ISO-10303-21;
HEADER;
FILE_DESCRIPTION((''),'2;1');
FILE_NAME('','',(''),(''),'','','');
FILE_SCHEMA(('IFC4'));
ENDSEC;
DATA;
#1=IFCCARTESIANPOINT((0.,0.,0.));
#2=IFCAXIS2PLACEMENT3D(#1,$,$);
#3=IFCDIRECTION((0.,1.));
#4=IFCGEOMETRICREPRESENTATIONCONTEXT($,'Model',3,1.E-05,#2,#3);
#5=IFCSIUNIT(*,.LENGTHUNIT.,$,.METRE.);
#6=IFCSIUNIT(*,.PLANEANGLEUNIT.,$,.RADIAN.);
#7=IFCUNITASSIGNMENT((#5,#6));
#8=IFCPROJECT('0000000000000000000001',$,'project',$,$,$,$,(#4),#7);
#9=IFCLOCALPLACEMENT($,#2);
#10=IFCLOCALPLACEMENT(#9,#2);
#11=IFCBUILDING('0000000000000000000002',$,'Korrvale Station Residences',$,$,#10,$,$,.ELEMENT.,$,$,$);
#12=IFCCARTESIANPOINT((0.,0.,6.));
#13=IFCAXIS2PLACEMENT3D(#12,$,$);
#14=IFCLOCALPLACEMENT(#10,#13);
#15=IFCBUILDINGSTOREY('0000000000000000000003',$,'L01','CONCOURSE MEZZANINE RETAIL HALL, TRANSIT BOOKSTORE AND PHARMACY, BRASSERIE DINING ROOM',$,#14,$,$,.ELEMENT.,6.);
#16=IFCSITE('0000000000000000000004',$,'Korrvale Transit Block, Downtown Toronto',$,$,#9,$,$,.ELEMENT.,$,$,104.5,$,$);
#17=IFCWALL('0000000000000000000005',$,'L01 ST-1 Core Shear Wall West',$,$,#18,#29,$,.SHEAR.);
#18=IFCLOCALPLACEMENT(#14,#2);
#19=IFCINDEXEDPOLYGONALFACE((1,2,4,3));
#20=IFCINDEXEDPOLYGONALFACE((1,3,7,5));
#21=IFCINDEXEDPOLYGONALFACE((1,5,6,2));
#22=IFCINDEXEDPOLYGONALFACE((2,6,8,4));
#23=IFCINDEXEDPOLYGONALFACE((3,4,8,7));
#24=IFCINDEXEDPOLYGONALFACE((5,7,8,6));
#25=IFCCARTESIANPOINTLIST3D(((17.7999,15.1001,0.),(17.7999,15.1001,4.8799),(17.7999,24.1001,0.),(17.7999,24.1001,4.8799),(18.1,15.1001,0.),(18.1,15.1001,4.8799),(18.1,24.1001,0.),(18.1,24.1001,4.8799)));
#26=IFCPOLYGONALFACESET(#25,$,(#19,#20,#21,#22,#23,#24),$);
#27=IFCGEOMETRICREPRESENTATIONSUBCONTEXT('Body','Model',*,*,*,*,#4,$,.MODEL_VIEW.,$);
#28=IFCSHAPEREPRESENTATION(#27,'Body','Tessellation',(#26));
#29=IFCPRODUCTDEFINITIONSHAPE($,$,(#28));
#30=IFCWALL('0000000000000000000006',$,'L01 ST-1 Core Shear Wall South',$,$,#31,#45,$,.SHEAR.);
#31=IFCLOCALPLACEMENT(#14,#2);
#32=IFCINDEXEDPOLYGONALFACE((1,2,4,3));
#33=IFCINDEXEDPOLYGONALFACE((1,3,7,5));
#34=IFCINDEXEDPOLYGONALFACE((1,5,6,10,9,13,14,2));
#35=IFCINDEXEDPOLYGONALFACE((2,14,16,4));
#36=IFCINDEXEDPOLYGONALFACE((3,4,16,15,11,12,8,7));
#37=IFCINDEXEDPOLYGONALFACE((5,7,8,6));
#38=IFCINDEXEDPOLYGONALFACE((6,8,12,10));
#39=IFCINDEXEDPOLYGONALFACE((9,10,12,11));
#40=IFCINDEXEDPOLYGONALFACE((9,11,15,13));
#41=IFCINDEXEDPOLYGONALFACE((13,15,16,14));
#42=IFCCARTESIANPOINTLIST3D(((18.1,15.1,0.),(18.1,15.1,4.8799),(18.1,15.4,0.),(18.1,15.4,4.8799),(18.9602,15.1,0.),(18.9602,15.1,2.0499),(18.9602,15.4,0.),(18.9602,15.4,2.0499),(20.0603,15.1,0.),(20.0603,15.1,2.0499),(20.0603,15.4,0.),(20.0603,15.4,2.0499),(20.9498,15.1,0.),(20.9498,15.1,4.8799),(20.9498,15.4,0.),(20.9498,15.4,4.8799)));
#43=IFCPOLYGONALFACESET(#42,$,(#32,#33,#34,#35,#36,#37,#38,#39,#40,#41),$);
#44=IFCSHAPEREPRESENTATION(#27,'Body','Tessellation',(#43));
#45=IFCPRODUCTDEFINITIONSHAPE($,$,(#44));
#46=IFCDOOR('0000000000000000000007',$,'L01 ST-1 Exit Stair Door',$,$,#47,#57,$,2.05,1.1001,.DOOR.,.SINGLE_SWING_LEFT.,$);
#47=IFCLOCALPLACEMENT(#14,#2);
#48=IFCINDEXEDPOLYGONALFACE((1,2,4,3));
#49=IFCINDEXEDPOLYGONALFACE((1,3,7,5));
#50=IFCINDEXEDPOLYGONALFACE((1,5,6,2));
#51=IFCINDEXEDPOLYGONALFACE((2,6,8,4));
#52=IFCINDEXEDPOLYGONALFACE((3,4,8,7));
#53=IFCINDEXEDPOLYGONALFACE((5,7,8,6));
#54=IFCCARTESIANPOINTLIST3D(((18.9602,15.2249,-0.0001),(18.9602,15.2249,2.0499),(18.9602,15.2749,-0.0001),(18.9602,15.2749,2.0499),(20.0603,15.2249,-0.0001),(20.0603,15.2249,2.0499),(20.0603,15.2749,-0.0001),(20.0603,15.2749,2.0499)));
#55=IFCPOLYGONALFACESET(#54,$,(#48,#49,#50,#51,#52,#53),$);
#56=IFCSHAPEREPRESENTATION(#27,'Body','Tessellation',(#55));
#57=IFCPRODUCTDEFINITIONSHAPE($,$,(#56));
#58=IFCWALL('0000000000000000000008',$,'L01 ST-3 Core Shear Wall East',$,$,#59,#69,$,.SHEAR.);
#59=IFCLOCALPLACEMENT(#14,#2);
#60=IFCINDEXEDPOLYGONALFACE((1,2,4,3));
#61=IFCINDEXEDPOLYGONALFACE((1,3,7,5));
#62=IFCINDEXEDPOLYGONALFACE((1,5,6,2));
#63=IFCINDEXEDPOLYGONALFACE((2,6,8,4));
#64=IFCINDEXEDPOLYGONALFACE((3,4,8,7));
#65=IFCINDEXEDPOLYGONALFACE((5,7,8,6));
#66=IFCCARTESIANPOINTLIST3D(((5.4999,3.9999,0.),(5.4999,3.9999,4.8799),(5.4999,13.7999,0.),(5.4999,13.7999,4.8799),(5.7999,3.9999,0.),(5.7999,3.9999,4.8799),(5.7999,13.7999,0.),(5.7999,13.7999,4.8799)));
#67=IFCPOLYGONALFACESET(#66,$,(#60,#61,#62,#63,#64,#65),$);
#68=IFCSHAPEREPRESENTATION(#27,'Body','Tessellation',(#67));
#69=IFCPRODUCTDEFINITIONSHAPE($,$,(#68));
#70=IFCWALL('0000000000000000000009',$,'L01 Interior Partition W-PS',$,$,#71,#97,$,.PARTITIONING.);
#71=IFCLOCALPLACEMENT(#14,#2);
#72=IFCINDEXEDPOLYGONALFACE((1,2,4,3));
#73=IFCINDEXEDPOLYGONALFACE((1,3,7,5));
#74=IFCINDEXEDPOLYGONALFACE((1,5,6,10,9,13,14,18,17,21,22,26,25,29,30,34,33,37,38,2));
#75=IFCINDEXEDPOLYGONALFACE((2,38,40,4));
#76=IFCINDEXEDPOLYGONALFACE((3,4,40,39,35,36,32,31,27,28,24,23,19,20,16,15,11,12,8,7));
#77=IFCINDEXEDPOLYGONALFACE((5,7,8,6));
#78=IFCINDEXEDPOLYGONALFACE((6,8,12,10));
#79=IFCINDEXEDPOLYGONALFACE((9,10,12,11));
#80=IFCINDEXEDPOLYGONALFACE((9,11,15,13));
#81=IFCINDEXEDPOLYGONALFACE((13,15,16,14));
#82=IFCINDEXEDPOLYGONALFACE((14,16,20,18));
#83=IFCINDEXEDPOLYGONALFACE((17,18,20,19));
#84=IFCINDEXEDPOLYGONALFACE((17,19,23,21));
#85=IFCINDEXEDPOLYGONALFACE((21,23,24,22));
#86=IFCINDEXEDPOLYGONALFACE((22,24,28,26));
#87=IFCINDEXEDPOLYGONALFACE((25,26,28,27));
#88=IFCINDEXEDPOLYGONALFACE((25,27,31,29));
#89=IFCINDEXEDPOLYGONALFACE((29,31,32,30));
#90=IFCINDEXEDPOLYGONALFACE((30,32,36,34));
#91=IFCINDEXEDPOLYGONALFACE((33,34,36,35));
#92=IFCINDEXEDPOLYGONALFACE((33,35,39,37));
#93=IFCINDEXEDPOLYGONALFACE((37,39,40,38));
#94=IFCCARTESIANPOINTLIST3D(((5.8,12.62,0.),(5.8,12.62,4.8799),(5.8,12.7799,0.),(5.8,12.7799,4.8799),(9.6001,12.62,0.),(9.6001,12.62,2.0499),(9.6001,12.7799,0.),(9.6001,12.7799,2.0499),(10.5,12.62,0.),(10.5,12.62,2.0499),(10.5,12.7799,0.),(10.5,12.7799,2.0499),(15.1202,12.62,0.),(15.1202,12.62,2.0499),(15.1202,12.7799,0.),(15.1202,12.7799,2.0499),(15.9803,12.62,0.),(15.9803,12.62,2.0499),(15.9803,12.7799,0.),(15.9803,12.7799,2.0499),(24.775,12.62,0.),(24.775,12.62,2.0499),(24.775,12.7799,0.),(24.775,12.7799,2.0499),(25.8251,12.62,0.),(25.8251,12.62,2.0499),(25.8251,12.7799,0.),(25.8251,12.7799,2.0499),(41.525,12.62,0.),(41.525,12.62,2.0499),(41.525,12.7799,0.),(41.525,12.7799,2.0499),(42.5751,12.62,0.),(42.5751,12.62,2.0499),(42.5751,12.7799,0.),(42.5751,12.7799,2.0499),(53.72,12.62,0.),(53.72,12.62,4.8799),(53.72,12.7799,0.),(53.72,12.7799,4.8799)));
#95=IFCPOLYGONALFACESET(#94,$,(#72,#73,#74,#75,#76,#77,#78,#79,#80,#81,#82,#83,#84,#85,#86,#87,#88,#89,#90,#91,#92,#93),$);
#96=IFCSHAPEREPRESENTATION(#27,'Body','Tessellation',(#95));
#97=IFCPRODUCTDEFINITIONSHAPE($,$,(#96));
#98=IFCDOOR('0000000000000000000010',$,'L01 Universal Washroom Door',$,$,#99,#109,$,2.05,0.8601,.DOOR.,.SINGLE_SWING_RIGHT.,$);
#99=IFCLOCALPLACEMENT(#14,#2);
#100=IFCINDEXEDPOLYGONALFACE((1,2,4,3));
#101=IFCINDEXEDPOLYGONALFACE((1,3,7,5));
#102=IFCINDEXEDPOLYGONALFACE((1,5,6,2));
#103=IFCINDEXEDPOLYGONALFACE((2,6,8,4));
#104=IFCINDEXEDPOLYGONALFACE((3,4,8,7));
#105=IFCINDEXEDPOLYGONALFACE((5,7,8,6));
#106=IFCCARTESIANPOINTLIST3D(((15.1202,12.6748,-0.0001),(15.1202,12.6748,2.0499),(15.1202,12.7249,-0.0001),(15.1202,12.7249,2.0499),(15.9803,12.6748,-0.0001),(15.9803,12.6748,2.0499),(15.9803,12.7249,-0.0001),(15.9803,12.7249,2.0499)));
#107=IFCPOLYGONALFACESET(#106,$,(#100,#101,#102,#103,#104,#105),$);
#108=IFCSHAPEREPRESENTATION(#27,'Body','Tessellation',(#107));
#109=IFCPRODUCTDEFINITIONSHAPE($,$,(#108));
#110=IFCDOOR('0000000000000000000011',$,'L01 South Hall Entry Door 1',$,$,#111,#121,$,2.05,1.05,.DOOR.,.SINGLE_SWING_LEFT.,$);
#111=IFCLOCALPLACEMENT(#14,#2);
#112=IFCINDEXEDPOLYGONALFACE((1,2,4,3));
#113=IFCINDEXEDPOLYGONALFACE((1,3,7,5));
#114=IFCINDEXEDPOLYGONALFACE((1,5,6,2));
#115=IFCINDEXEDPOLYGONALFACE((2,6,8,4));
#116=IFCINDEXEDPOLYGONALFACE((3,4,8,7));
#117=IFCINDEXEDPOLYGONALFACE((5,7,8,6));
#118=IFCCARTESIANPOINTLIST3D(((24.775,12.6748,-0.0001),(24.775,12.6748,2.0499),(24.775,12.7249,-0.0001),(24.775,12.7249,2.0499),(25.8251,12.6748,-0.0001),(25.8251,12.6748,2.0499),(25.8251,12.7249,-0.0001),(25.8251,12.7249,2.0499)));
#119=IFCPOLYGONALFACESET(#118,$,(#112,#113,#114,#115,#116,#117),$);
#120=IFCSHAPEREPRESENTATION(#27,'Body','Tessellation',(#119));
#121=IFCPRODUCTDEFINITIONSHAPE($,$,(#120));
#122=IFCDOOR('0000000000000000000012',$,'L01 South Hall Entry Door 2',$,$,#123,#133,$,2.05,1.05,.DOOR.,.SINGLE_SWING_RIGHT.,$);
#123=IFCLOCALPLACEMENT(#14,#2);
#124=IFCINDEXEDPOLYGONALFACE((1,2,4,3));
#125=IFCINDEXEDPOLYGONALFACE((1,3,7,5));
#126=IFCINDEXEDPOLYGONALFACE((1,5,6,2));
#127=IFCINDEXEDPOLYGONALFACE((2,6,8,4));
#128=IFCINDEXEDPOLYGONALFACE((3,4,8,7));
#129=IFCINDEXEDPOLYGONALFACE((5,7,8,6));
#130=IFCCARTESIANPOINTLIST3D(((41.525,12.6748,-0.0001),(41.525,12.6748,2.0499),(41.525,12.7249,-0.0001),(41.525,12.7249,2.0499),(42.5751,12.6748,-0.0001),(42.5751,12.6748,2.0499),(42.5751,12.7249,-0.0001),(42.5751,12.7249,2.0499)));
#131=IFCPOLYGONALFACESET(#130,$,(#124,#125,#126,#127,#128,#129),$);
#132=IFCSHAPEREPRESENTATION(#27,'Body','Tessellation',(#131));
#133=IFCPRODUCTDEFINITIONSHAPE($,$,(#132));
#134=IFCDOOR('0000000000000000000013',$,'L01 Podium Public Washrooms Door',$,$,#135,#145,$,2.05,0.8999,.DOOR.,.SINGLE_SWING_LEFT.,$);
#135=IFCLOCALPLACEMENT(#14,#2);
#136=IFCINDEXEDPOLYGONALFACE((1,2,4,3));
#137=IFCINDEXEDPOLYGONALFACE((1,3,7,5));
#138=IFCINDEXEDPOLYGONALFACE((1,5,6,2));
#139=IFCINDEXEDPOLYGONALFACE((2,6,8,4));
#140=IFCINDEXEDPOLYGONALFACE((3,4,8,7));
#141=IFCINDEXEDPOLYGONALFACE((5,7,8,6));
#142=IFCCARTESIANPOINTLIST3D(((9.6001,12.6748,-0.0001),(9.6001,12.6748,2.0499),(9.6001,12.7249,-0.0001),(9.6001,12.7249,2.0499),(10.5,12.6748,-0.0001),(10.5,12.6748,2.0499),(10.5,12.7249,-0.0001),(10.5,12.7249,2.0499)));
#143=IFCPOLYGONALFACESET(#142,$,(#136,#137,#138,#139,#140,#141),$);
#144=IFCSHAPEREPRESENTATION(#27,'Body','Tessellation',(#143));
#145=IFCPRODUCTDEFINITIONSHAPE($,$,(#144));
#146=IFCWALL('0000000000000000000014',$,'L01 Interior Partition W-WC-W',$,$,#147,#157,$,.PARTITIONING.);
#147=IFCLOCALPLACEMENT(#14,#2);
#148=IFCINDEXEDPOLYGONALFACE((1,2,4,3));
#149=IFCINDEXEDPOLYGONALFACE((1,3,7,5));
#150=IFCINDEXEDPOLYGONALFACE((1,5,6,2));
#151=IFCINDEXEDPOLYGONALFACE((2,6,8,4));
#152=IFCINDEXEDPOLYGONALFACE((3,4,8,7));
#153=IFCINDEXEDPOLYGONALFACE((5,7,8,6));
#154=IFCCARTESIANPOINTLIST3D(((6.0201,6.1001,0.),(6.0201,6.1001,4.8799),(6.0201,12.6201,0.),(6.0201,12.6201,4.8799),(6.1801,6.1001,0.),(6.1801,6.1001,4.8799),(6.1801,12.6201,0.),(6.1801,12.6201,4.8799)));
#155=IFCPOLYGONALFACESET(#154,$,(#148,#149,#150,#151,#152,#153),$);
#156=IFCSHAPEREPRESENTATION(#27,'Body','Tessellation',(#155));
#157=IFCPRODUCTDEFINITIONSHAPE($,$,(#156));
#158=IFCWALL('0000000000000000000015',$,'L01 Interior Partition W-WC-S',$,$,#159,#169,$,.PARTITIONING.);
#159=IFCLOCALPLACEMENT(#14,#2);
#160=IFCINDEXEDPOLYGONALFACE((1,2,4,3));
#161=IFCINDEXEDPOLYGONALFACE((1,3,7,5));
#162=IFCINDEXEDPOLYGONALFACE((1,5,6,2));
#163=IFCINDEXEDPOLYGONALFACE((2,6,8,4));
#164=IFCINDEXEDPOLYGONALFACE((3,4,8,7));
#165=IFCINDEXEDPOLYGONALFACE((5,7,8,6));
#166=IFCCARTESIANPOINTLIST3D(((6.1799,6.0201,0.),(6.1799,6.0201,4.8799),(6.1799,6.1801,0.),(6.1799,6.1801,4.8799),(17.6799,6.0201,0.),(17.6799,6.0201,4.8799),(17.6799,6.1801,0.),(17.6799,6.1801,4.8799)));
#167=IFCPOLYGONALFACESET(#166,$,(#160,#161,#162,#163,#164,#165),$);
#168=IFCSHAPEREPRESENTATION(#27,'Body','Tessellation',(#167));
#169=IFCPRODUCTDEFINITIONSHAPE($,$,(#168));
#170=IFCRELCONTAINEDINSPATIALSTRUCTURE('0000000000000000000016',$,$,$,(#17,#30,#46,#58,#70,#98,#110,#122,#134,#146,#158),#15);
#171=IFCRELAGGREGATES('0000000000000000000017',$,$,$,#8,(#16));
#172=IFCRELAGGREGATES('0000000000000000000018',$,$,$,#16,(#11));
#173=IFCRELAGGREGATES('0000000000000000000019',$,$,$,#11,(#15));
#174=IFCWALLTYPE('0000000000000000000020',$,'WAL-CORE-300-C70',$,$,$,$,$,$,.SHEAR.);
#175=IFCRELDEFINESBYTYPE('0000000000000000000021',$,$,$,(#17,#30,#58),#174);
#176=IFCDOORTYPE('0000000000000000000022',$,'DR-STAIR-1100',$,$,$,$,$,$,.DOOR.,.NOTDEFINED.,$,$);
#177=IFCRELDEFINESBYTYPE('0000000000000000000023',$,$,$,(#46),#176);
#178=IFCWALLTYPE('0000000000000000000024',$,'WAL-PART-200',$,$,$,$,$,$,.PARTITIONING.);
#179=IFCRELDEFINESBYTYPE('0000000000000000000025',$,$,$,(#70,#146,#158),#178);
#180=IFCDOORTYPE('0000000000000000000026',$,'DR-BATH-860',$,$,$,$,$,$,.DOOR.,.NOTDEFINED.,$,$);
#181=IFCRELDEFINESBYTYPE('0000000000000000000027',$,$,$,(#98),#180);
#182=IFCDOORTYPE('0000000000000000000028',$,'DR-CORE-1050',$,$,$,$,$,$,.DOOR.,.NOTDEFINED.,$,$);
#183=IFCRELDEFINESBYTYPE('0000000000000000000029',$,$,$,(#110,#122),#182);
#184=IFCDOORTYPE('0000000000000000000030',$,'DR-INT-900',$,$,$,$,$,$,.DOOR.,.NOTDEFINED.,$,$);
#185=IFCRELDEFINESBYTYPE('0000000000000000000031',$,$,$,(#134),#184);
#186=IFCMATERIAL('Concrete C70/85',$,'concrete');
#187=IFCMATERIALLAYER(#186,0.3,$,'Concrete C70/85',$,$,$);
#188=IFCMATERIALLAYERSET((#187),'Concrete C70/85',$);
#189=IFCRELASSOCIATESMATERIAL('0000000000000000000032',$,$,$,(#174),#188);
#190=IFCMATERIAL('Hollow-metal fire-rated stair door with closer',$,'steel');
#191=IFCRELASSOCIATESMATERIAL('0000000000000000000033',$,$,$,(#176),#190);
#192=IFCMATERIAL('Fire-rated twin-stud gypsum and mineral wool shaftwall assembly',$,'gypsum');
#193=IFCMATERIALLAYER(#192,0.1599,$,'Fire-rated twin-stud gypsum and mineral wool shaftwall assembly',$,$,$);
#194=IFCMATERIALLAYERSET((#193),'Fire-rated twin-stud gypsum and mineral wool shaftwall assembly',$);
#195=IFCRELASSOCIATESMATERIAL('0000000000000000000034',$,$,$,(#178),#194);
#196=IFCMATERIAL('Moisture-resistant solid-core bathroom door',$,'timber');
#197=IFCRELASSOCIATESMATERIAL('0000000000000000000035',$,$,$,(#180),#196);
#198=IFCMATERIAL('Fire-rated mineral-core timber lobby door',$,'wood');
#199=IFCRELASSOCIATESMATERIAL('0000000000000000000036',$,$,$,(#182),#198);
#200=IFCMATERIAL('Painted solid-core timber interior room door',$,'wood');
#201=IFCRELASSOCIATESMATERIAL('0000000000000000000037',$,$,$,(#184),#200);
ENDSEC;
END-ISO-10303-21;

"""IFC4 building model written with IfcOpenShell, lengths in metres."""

from ifc_helpers import new_model, si_unit, direction, frame, frame_2d, origin, place, context, subcontext, project, spatial, rectangle, extrude, material, layer, layer_set, type_object, element, fill, save


model = new_model("IFC4")

# Units and contexts
model_context = context("Model", 3, precision=1e-05, world=origin(), true_north=direction((0.0, 1.0)))
body_context = subcontext(model_context, "Body", "Model", "MODEL_VIEW")
ifc_project = project(units=[si_unit("LENGTHUNIT", "METRE"), si_unit("PLANEANGLEUNIT", "RADIAN")], contexts=[model_context])

# Site, building, storey
site_placement = place(None, origin())
site = spatial("IfcSite", under=ifc_project, at=site_placement, Name="Korrvale Transit Block, Downtown Toronto", CompositionType="ELEMENT", RefElevation=104.5)
building_placement = place(site_placement, origin())
building = spatial("IfcBuilding", under=site, at=building_placement, Name="Korrvale Station Residences", CompositionType="ELEMENT")
storey_placement = place(building_placement, frame((0.0, 0.0, 6.0)))
storey = spatial("IfcBuildingStorey", under=building, at=storey_placement, Name="L01", Description="CONCOURSE MEZZANINE RETAIL HALL, TRANSIT BOOKSTORE AND PHARMACY, BRASSERIE DINING ROOM", CompositionType="ELEMENT", Elevation=6.0)

# Shared definitions
ifc_material_1 = material(Name="Concrete C70/85", Category="concrete")

# Wall
ifc_layer_1 = layer(ifc_material_1, 0.3, Name="Concrete C70/85")
ifc_layer_set_1 = layer_set([ifc_layer_1], Name="Concrete C70/85")
wall_type_1 = type_object("IfcWallType", Name="WAL-CORE-300-C70", PredefinedType="SHEAR", material=ifc_layer_set_1)
wall_1_placement = place(storey_placement, frame((17.95, 15.1001, 0.0), z_axis=(0.0, 0.0, 1.0), x_axis=(0.0, 1.0, 0.0)))
element("IfcWall", 1, at=wall_1_placement, inside=storey, type_object=wall_type_1, Name="L01 ST-1 Core Shear Wall West", PredefinedType="SHEAR", context=body_context, shape_type="SweptSolid", body=[
    extrude(rectangle(XDim=9.0, YDim=0.3, at=frame_2d((4.5, 0.0))), origin(), (0.0, 0.0, 1.0), 4.8799),
])

# Wall, opening, door
wall_2_placement = place(storey_placement, frame((18.1001, 15.25, 0.0), z_axis=(0.0, 0.0, 1.0), x_axis=(1.0, 0.0, 0.0)))
wall_2 = element("IfcWall", 2, at=wall_2_placement, inside=storey, type_object=wall_type_1, Name="L01 ST-1 Core Shear Wall South", PredefinedType="SHEAR", context=body_context, shape_type="SweptSolid", body=[
    extrude(rectangle(XDim=2.8499, YDim=0.3, at=frame_2d((1.4248, 0.0))), origin(), (0.0, 0.0, 1.0), 4.8799),
])
opening_1_placement = place(wall_2_placement, frame((0.8601, 0.0, 0.0)))
opening_1 = element("IfcOpeningElement", 3, at=opening_1_placement, cuts=wall_2, PredefinedType="OPENING", context=body_context, shape_type="SweptSolid", body=[
    extrude(rectangle(XDim=1.1001, YDim=2.05, at=frame_2d((0.55, 1.0249))), frame((0.0, 0.1602, 0.0), z_axis=(0.0, -1.0, 0.0), x_axis=(1.0, 0.0, 0.0)), (0.0, 0.0, 1.0), 0.3201),
])
ifc_material_2 = material(Name="Hollow-metal fire-rated stair door with closer", Category="steel")
door_type_1 = type_object("IfcDoorType", Name="DR-STAIR-1100", OperationType="NOTDEFINED", PredefinedType="DOOR", material=ifc_material_2)
door_1_placement = place(opening_1_placement, origin())
door_1 = element("IfcDoor", 4, at=door_1_placement, inside=storey, type_object=door_type_1, Name="L01 ST-1 Exit Stair Door", OperationType="SINGLE_SWING_LEFT", OverallHeight=2.05, OverallWidth=1.1001, PredefinedType="DOOR", context=body_context, shape_type="SweptSolid", body=[
    extrude(rectangle(XDim=1.1001, YDim=2.05, at=frame_2d((0.55, 1.0249))), frame((0.0, 0.0249, 0.0), z_axis=(0.0, -1.0, 0.0), x_axis=(1.0, 0.0, 0.0)), (0.0, 0.0, 1.0), 0.05),
])
fill(opening_1, door_1)

# Wall
wall_3_placement = place(storey_placement, frame((5.6499, 4.0, 0.0), z_axis=(0.0, 0.0, 1.0), x_axis=(0.0, 1.0, 0.0)))
element("IfcWall", 5, at=wall_3_placement, inside=storey, type_object=wall_type_1, Name="L01 ST-3 Core Shear Wall East", PredefinedType="SHEAR", context=body_context, shape_type="SweptSolid", body=[
    extrude(rectangle(XDim=9.8, YDim=0.3, at=frame_2d((4.8999, 0.0))), origin(), (0.0, 0.0, 1.0), 4.8799),
])

# Wall, openings, doors
ifc_material_3 = material(Name="Fire-rated twin-stud gypsum and mineral wool shaftwall assembly", Category="gypsum")
ifc_layer_2 = layer(ifc_material_3, 0.1599, Name="Fire-rated twin-stud gypsum and mineral wool shaftwall assembly")
ifc_layer_set_2 = layer_set([ifc_layer_2], Name="Fire-rated twin-stud gypsum and mineral wool shaftwall assembly")
wall_type_2 = type_object("IfcWallType", Name="WAL-PART-200", PredefinedType="PARTITIONING", material=ifc_layer_set_2)
wall_4_placement = place(storey_placement, frame((5.8, 12.7, 0.0), z_axis=(0.0, 0.0, 1.0), x_axis=(1.0, 0.0, 0.0)))
wall_4 = element("IfcWall", 6, at=wall_4_placement, inside=storey, type_object=wall_type_2, Name="L01 Interior Partition W-PS", PredefinedType="PARTITIONING", context=body_context, shape_type="SweptSolid", body=[
    extrude(rectangle(XDim=47.9199, YDim=0.1599, at=frame_2d((23.96, 0.0))), origin(), (0.0, 0.0, 1.0), 4.8799),
])
opening_2_placement = place(wall_4_placement, frame((3.8, 0.0, 0.0)))
opening_2 = element("IfcOpeningElement", 7, at=opening_2_placement, cuts=wall_4, PredefinedType="OPENING", context=body_context, shape_type="SweptSolid", body=[
    extrude(rectangle(XDim=0.8999, YDim=2.05, at=frame_2d((0.45, 1.0249))), frame((0.0, 0.0898, 0.0), z_axis=(0.0, -1.0, 0.0), x_axis=(1.0, 0.0, 0.0)), (0.0, 0.0, 1.0), 0.1799),
])
opening_3_placement = place(wall_4_placement, frame((9.3201, 0.0, 0.0)))
opening_3 = element("IfcOpeningElement", 8, at=opening_3_placement, cuts=wall_4, PredefinedType="OPENING", context=body_context, shape_type="SweptSolid", body=[
    extrude(rectangle(XDim=0.8601, YDim=2.05, at=frame_2d((0.4302, 1.0249))), frame((0.0, 0.0898, 0.0), z_axis=(0.0, -1.0, 0.0), x_axis=(1.0, 0.0, 0.0)), (0.0, 0.0, 1.0), 0.1799),
])
opening_4_placement = place(wall_4_placement, frame((18.9751, 0.0, 0.0)))
opening_4 = element("IfcOpeningElement", 9, at=opening_4_placement, cuts=wall_4, PredefinedType="OPENING", context=body_context, shape_type="SweptSolid", body=[
    extrude(rectangle(XDim=1.05, YDim=2.05, at=frame_2d((0.5249, 1.0249))), frame((0.0, 0.0898, 0.0), z_axis=(0.0, -1.0, 0.0), x_axis=(1.0, 0.0, 0.0)), (0.0, 0.0, 1.0), 0.1799),
])
opening_5_placement = place(wall_4_placement, frame((35.7251, 0.0, 0.0)))
opening_5 = element("IfcOpeningElement", 10, at=opening_5_placement, cuts=wall_4, PredefinedType="OPENING", context=body_context, shape_type="SweptSolid", body=[
    extrude(rectangle(XDim=1.05, YDim=2.05, at=frame_2d((0.5249, 1.0249))), frame((0.0, 0.0898, 0.0), z_axis=(0.0, -1.0, 0.0), x_axis=(1.0, 0.0, 0.0)), (0.0, 0.0, 1.0), 0.1799),
])
ifc_material_4 = material(Name="Moisture-resistant solid-core bathroom door", Category="timber")
door_type_2 = type_object("IfcDoorType", Name="DR-BATH-860", OperationType="NOTDEFINED", PredefinedType="DOOR", material=ifc_material_4)
door_2_placement = place(opening_3_placement, origin())
door_2 = element("IfcDoor", 11, at=door_2_placement, inside=storey, type_object=door_type_2, Name="L01 Universal Washroom Door", OperationType="SINGLE_SWING_RIGHT", OverallHeight=2.05, OverallWidth=0.8601, PredefinedType="DOOR", context=body_context, shape_type="SweptSolid", body=[
    extrude(rectangle(XDim=0.8601, YDim=2.05, at=frame_2d((0.4302, 1.0249))), frame((0.0, 0.0249, 0.0), z_axis=(0.0, -1.0, 0.0), x_axis=(1.0, 0.0, 0.0)), (0.0, 0.0, 1.0), 0.05),
])
fill(opening_3, door_2)
ifc_material_5 = material(Name="Fire-rated mineral-core timber lobby door", Category="wood")
door_type_3 = type_object("IfcDoorType", Name="DR-CORE-1050", OperationType="NOTDEFINED", PredefinedType="DOOR", material=ifc_material_5)
door_3_placement = place(opening_4_placement, origin())
door_3 = element("IfcDoor", 12, at=door_3_placement, inside=storey, type_object=door_type_3, Name="L01 South Hall Entry Door 1", OperationType="SINGLE_SWING_LEFT", OverallHeight=2.05, OverallWidth=1.05, PredefinedType="DOOR", context=body_context, shape_type="SweptSolid", body=[
    extrude(rectangle(XDim=1.05, YDim=2.05, at=frame_2d((0.5249, 1.0249))), frame((0.0, 0.0249, 0.0), z_axis=(0.0, -1.0, 0.0), x_axis=(1.0, 0.0, 0.0)), (0.0, 0.0, 1.0), 0.05),
])
fill(opening_4, door_3)
door_4_placement = place(opening_5_placement, origin())
door_4 = element("IfcDoor", 13, at=door_4_placement, inside=storey, type_object=door_type_3, Name="L01 South Hall Entry Door 2", OperationType="SINGLE_SWING_RIGHT", OverallHeight=2.05, OverallWidth=1.05, PredefinedType="DOOR", context=body_context, shape_type="SweptSolid", body=[
    extrude(rectangle(XDim=1.05, YDim=2.05, at=frame_2d((0.5249, 1.0249))), frame((0.0, 0.0249, 0.0), z_axis=(0.0, -1.0, 0.0), x_axis=(1.0, 0.0, 0.0)), (0.0, 0.0, 1.0), 0.05),
])
fill(opening_5, door_4)
ifc_material_6 = material(Name="Painted solid-core timber interior room door", Category="wood")
door_type_4 = type_object("IfcDoorType", Name="DR-INT-900", OperationType="NOTDEFINED", PredefinedType="DOOR", material=ifc_material_6)
door_5_placement = place(opening_2_placement, origin())
door_5 = element("IfcDoor", 14, at=door_5_placement, inside=storey, type_object=door_type_4, Name="L01 Podium Public Washrooms Door", OperationType="SINGLE_SWING_LEFT", OverallHeight=2.05, OverallWidth=0.8999, PredefinedType="DOOR", context=body_context, shape_type="SweptSolid", body=[
    extrude(rectangle(XDim=0.8999, YDim=2.05, at=frame_2d((0.45, 1.0249))), frame((0.0, 0.0249, 0.0), z_axis=(0.0, -1.0, 0.0), x_axis=(1.0, 0.0, 0.0)), (0.0, 0.0, 1.0), 0.05),
])
fill(opening_2, door_5)

# Walls
wall_5_placement = place(storey_placement, frame((6.1001, 6.1001, 0.0), z_axis=(0.0, 0.0, 1.0), x_axis=(0.0, 1.0, 0.0)))
element("IfcWall", 15, at=wall_5_placement, inside=storey, type_object=wall_type_2, Name="L01 Interior Partition W-WC-W", PredefinedType="PARTITIONING", context=body_context, shape_type="SweptSolid", body=[
    extrude(rectangle(XDim=6.52, YDim=0.1599, at=frame_2d((3.26, 0.0))), origin(), (0.0, 0.0, 1.0), 4.8799),
])
wall_6_placement = place(storey_placement, frame((6.1799, 6.1001, 0.0), z_axis=(0.0, 0.0, 1.0), x_axis=(1.0, 0.0, 0.0)))
element("IfcWall", 16, at=wall_6_placement, inside=storey, type_object=wall_type_2, Name="L01 Interior Partition W-WC-S", PredefinedType="PARTITIONING", context=body_context, shape_type="SweptSolid", body=[
    extrude(rectangle(XDim=11.5, YDim=0.1599, at=frame_2d((5.75, 0.0))), origin(), (0.0, 0.0, 1.0), 4.8799),
])

save(model, "model.ifc")
